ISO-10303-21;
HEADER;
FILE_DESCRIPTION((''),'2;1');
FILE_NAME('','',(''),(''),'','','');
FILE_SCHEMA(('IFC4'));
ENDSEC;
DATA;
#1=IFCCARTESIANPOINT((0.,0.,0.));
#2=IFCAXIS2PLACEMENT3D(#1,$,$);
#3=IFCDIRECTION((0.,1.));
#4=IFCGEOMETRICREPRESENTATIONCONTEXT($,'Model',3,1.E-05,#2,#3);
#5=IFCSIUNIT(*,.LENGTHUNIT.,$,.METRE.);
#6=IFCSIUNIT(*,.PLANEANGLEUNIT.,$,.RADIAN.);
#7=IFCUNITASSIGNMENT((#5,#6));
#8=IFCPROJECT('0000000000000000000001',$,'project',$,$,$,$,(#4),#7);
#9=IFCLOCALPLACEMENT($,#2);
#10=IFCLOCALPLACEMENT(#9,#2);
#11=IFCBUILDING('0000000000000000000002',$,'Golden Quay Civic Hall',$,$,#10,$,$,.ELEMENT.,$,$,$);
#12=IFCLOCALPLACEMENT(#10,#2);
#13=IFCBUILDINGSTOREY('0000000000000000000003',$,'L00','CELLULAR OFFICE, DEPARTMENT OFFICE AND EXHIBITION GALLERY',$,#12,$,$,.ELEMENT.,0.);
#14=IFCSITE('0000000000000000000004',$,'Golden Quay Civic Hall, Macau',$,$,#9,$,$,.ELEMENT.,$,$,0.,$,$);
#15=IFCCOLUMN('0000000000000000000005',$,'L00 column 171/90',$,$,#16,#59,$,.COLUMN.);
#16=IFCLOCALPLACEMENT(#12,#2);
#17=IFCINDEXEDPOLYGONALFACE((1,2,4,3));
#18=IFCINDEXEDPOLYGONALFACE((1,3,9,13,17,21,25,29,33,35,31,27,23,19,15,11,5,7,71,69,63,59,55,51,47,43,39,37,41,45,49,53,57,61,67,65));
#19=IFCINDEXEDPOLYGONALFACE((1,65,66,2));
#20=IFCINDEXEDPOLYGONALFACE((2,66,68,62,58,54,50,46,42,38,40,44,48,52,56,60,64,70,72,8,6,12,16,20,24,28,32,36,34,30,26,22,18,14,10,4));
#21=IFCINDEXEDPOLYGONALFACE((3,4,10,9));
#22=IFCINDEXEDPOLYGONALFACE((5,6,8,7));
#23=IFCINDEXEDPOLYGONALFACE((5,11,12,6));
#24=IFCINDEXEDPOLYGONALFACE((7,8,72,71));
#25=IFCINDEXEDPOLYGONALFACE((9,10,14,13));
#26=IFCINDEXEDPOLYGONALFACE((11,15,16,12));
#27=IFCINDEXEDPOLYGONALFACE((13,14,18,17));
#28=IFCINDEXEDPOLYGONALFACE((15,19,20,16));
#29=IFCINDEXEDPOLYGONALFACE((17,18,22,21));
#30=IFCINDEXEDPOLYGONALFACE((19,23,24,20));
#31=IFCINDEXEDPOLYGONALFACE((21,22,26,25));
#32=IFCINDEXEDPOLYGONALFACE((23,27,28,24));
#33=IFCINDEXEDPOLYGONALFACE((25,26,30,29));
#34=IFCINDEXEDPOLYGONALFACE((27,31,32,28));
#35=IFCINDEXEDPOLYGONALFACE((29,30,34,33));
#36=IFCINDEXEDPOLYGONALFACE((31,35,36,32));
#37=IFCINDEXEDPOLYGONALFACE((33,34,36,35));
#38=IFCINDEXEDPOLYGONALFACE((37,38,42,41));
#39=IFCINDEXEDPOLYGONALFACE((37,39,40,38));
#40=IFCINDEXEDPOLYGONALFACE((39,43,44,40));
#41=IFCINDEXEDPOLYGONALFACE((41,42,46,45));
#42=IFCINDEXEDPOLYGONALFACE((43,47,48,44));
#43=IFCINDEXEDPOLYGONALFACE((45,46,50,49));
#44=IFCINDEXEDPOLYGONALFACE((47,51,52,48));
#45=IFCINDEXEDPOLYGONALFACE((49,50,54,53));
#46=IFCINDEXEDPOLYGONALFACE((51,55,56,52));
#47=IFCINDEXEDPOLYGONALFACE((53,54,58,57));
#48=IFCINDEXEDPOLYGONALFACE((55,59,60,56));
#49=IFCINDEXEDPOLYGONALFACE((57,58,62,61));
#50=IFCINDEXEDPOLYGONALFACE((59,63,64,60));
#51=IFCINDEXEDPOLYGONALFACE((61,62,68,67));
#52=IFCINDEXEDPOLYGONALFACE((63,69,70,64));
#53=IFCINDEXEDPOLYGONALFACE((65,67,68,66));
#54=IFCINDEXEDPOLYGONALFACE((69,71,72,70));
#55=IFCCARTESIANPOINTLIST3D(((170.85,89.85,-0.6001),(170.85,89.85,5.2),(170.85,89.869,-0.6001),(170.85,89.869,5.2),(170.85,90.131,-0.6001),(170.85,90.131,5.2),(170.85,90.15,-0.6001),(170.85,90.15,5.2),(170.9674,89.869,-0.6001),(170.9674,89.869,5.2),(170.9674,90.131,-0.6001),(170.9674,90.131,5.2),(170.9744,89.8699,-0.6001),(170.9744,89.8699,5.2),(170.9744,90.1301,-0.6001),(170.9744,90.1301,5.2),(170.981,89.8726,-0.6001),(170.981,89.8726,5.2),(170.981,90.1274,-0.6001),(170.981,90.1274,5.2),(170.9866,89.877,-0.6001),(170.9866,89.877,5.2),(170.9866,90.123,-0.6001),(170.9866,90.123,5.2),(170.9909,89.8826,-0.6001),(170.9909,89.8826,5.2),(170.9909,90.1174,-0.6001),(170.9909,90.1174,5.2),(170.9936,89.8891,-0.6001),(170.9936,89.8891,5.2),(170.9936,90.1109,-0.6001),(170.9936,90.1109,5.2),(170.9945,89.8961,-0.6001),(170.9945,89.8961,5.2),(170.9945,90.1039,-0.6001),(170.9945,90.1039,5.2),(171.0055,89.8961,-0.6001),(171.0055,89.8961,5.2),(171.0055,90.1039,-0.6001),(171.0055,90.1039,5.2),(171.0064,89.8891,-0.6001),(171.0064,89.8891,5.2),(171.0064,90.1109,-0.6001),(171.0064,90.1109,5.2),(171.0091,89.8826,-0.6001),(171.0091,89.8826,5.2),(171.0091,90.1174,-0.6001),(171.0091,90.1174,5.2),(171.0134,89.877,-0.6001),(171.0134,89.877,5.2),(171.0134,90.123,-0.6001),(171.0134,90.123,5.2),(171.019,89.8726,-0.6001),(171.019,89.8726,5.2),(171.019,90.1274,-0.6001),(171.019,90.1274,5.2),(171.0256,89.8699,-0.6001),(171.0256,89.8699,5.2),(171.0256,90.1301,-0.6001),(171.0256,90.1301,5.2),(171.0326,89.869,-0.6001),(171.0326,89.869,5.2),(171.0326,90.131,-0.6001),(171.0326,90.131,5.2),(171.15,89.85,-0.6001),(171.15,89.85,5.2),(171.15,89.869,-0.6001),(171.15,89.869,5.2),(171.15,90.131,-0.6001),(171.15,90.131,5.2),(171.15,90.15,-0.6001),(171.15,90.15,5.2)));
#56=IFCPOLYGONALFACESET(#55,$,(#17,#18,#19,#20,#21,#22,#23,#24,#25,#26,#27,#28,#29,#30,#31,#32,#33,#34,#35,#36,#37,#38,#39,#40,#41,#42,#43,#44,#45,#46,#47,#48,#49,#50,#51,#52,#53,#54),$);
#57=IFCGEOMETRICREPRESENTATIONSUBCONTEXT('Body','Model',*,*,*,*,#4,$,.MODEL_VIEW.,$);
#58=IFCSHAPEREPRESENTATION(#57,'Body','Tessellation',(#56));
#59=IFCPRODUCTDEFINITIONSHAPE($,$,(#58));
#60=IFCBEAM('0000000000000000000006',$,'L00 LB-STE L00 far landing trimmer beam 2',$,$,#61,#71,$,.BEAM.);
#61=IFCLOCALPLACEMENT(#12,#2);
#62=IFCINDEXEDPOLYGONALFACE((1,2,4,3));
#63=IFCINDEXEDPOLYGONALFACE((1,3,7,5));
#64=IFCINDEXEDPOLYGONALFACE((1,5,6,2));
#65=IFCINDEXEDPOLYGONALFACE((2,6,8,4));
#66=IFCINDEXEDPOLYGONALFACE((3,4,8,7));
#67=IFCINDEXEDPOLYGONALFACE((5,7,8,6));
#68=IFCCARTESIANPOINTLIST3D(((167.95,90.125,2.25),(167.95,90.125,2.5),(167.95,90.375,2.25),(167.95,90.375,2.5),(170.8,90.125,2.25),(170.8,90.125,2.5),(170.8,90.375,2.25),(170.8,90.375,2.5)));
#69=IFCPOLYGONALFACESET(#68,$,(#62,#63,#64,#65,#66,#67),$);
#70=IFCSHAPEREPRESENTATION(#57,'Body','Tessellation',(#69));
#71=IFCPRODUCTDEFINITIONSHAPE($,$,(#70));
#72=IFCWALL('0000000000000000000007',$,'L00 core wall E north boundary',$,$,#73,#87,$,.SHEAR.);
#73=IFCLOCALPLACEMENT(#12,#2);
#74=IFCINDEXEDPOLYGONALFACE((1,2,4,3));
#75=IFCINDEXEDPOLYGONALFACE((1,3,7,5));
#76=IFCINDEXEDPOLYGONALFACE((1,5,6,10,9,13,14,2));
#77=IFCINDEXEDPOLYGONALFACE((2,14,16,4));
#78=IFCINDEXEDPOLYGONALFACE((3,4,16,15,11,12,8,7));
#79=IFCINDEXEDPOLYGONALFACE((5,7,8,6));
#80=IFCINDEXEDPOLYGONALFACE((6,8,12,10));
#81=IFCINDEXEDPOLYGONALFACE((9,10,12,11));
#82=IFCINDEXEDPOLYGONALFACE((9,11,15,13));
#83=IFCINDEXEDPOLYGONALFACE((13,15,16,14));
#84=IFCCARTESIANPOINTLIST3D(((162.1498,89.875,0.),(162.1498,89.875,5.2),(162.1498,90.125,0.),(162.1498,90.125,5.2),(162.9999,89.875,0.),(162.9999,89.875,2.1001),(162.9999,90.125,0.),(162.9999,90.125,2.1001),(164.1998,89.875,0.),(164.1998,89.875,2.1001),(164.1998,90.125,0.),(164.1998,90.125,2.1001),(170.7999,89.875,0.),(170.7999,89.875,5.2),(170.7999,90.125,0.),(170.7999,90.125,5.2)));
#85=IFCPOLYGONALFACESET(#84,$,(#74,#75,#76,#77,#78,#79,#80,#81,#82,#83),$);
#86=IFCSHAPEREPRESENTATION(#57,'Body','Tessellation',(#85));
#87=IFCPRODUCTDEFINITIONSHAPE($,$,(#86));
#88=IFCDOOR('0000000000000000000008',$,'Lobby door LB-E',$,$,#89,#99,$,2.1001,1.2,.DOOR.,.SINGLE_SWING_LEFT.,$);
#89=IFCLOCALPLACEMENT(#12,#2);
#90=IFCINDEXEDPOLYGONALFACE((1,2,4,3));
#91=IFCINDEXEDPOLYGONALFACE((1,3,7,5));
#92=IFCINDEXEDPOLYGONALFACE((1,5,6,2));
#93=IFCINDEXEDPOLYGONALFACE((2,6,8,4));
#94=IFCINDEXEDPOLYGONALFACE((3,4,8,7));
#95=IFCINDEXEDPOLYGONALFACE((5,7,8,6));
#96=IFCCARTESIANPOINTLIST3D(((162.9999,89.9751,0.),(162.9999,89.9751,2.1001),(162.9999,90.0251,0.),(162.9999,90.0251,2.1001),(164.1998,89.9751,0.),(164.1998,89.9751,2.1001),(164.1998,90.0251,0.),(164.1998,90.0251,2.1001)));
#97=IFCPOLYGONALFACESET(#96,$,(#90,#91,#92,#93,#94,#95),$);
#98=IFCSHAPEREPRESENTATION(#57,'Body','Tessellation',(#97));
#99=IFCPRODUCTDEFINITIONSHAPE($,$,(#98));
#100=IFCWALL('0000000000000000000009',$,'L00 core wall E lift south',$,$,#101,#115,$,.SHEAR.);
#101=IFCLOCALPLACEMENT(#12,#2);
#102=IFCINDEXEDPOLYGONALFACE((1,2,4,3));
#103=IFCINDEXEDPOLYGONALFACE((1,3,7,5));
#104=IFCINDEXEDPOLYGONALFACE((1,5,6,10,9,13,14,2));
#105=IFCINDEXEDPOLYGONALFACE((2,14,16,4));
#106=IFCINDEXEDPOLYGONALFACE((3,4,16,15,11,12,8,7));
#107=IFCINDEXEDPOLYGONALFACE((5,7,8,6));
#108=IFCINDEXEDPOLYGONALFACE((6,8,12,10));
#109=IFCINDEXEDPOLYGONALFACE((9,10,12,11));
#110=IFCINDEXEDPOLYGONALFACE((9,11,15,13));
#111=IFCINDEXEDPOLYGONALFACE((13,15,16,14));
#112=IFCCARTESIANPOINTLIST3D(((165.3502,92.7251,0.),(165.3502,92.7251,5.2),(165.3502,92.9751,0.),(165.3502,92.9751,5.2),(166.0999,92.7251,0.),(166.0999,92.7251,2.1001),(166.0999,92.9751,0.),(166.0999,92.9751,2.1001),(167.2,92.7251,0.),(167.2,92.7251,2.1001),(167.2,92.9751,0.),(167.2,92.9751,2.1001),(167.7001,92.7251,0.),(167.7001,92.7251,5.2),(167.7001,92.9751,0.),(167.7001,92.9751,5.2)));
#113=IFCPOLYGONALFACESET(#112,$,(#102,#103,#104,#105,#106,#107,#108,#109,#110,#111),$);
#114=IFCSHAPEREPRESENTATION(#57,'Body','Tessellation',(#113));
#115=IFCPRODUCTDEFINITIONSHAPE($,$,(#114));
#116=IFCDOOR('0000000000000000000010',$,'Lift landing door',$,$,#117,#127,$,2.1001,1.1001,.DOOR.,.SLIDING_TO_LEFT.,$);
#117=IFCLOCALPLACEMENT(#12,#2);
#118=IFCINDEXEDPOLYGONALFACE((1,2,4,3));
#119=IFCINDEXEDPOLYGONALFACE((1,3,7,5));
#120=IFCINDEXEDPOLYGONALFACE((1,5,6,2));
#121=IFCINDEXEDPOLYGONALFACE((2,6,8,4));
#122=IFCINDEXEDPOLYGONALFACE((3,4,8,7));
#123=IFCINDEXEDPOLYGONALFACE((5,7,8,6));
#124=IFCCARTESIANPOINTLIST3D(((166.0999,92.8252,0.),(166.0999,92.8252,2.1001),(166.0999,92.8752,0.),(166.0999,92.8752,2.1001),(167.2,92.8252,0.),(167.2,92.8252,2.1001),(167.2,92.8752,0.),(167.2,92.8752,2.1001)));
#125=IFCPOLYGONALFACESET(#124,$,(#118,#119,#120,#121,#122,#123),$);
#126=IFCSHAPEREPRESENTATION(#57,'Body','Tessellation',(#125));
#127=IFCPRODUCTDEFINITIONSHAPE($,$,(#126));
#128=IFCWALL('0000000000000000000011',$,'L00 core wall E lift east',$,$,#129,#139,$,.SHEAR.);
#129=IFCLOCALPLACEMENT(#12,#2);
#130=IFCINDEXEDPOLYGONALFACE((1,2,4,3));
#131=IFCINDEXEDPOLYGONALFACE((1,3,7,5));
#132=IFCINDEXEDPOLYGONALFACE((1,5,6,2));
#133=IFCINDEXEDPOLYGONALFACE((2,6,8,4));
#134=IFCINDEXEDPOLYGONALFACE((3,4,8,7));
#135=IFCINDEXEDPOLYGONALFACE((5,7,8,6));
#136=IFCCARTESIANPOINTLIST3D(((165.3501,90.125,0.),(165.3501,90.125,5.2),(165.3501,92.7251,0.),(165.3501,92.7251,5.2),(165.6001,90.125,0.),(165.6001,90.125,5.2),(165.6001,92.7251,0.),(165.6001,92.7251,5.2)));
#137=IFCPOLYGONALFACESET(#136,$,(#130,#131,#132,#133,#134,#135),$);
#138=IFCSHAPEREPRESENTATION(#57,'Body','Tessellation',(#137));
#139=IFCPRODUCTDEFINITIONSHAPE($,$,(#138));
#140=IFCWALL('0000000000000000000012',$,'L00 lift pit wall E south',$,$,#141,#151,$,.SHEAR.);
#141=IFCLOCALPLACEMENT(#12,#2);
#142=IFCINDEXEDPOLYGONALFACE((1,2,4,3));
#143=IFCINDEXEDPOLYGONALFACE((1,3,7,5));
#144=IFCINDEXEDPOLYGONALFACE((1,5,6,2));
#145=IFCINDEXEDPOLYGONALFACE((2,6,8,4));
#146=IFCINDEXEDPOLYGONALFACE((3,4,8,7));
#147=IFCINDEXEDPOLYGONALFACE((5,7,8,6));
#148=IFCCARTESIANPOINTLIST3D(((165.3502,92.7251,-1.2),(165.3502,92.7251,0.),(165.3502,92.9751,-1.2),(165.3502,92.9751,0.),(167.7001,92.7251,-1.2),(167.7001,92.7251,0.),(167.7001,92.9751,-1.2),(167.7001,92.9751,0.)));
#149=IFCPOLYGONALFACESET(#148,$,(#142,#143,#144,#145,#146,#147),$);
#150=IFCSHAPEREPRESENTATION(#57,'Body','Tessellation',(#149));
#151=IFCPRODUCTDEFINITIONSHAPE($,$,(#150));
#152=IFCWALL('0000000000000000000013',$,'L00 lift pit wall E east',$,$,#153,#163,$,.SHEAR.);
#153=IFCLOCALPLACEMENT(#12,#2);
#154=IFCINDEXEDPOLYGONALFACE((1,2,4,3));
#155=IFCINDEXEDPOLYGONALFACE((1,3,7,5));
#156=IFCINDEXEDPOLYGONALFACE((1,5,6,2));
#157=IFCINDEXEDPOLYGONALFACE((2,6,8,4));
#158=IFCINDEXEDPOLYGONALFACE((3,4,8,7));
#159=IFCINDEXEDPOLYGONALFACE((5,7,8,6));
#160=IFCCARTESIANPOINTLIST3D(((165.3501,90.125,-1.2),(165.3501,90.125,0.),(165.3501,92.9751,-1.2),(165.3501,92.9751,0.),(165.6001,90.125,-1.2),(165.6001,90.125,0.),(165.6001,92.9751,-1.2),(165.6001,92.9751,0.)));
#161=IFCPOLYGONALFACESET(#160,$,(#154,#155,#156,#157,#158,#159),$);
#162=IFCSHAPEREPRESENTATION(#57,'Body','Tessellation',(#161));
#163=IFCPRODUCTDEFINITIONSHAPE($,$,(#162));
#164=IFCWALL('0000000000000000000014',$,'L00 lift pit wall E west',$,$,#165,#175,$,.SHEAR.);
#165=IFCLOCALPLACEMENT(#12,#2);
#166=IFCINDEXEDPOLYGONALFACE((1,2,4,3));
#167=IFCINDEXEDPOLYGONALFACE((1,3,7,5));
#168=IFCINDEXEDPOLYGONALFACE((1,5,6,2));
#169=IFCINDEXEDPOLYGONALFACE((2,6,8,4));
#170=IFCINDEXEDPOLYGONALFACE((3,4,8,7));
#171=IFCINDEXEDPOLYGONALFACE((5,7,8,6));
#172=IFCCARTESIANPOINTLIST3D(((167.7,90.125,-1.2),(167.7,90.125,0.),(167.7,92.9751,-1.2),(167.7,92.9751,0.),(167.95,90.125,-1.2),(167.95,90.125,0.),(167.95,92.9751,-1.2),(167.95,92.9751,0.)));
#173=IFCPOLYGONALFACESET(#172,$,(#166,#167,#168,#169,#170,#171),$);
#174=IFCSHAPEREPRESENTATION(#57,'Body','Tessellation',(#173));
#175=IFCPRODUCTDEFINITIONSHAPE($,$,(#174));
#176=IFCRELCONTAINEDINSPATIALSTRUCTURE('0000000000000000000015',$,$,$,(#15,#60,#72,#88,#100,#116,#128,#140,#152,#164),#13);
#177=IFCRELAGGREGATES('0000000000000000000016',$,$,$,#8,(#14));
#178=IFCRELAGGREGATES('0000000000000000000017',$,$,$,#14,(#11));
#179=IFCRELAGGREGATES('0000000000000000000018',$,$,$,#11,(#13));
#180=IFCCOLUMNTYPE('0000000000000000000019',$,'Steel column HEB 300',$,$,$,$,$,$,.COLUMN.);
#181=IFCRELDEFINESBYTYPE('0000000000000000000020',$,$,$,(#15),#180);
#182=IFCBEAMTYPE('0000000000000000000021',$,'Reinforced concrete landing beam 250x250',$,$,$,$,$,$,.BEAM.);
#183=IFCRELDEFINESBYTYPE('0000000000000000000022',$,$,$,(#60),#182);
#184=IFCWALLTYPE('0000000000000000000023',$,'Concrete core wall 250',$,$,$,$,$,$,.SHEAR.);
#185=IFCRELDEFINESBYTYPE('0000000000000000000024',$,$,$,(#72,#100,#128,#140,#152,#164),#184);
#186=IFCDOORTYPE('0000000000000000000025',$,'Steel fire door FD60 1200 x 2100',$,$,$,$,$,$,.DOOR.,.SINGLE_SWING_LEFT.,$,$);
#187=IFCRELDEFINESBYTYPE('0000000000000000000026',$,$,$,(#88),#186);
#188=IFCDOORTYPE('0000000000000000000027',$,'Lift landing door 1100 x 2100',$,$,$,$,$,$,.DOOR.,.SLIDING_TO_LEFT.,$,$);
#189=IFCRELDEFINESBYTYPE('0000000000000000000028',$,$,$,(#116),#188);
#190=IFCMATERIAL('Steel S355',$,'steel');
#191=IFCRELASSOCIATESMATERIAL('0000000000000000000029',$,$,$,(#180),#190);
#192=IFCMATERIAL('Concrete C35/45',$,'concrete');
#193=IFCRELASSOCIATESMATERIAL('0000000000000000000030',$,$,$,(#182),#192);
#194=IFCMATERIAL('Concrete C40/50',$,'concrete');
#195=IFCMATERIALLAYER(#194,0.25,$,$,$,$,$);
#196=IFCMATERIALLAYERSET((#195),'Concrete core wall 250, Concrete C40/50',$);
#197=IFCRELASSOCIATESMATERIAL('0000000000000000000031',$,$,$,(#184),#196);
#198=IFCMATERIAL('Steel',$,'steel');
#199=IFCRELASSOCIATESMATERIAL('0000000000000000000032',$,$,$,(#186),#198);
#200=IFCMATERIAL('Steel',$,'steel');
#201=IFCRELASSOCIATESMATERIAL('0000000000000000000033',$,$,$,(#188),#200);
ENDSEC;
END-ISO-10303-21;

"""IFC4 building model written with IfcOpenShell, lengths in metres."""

from ifc_helpers import new_model, si_unit, direction, frame, frame_2d, origin, origin_2d, place, context, subcontext, project, spatial, rectangle, i_section, extrude, material, layer, layer_set, material_profile, profile_set, type_object, element, fill, save


model = new_model("IFC4")

# Units and contexts
model_context = context("Model", 3, precision=1e-05, world=origin(), true_north=direction((0.0, 1.0)))
body_context = subcontext(model_context, "Body", "Model", "MODEL_VIEW")
ifc_project = project(units=[si_unit("LENGTHUNIT", "METRE"), si_unit("PLANEANGLEUNIT", "RADIAN")], contexts=[model_context])

# Site, building, storey
site_placement = place(None, origin())
site = spatial("IfcSite", under=ifc_project, at=site_placement, Name="Golden Quay Civic Hall, Macau", CompositionType="ELEMENT", RefElevation=0.0)
building_placement = place(site_placement, origin())
building = spatial("IfcBuilding", under=site, at=building_placement, Name="Golden Quay Civic Hall", CompositionType="ELEMENT")
storey_placement = place(building_placement, origin())
storey = spatial("IfcBuildingStorey", under=building, at=storey_placement, Name="L00", Description="CELLULAR OFFICE, DEPARTMENT OFFICE AND EXHIBITION GALLERY", CompositionType="ELEMENT", Elevation=0.0)

# Column
ifc_material_1 = material(Name="Steel S355", Category="steel")
ifc_material_profile_1 = material_profile(ifc_material_1, i_section(OverallWidth=0.3, OverallDepth=0.3, WebThickness=0.011, FlangeThickness=0.019, FilletRadius=0.0271, at=origin_2d()), Name="HEB 300")
ifc_profile_set_1 = profile_set([ifc_material_profile_1], Name="Steel S355")
column_type = type_object("IfcColumnType", Name="Steel column HEB 300", PredefinedType="COLUMN", material=ifc_profile_set_1)
for number, where, z_axis, x_axis, name in (
    (1, (171.0, 90.0, -0.6001), (0.0, 0.0, 1.0), (1.0, 0.0, 0.0), "L00 column 171/90"),
):
    element("IfcColumn", number, at=place(storey_placement, frame(where, z_axis=z_axis, x_axis=x_axis)), inside=storey, type_object=column_type, Name=name, PredefinedType="COLUMN", context=body_context, shape_type="SweptSolid", body=[
        extrude(i_section(OverallWidth=0.3, OverallDepth=0.3, WebThickness=0.011, FlangeThickness=0.019, FilletRadius=0.0271, at=origin_2d()), origin(), (0.0, 0.0, 1.0), 5.8),
    ])

# Beam
ifc_material_2 = material(Name="Concrete C35/45", Category="concrete")
ifc_material_profile_2 = material_profile(ifc_material_2, rectangle(XDim=0.25, YDim=0.25, at=origin_2d()), Name="RC 250x250")
ifc_profile_set_2 = profile_set([ifc_material_profile_2], Name="Concrete C35/45")
beam_type = type_object("IfcBeamType", Name="Reinforced concrete landing beam 250x250", PredefinedType="BEAM", material=ifc_profile_set_2)
beam_placement = place(storey_placement, frame((167.95, 90.25, 2.375), z_axis=(1.0, 0.0, 0.0), x_axis=(0.0, 1.0, 0.0)))
element("IfcBeam", 2, at=beam_placement, inside=storey, type_object=beam_type, Name="L00 LB-STE L00 far landing trimmer beam 2", PredefinedType="BEAM", context=body_context, shape_type="SweptSolid", body=[
    extrude(rectangle(XDim=0.25, YDim=0.25, at=origin_2d()), origin(), (0.0, 0.0, 1.0), 2.8501),
])

# Walls, openings, doors
ifc_material_3 = material(Name="Concrete C40/50", Category="concrete")
ifc_layer_1 = layer(ifc_material_3, 0.25)
ifc_layer_set_1 = layer_set([ifc_layer_1], Name="Concrete core wall 250, Concrete C40/50")
wall_type_1 = type_object("IfcWallType", Name="Concrete core wall 250", PredefinedType="SHEAR", material=ifc_layer_set_1)
wall_1_placement = place(storey_placement, frame((170.8, 90.0, 0.0), z_axis=(0.0, 0.0, 1.0), x_axis=(-1.0, 0.0, 0.0)))
wall_1 = element("IfcWall", 3, at=wall_1_placement, inside=storey, type_object=wall_type_1, Name="L00 core wall E north boundary", PredefinedType="SHEAR", context=body_context, shape_type="SweptSolid", body=[
    extrude(rectangle(XDim=8.6501, YDim=0.25, at=frame_2d((4.3252, 0.0))), origin(), (0.0, 0.0, 1.0), 5.2),
])
opening_1_placement = place(wall_1_placement, frame((6.6001, 0.0, 0.0)))
opening_1 = element("IfcOpeningElement", 4, at=opening_1_placement, cuts=wall_1, PredefinedType="OPENING", context=body_context, shape_type="SweptSolid", body=[
    extrude(rectangle(XDim=1.2, YDim=2.1001, at=frame_2d((0.6001, 1.05))), frame((0.0, 0.135, 0.0), z_axis=(0.0, -1.0, 0.0), x_axis=(1.0, 0.0, 0.0)), (0.0, 0.0, 1.0), 0.27),
])
ifc_material_4 = material(Name="Steel", Category="steel")
door_type_1 = type_object("IfcDoorType", Name="Steel fire door FD60 1200 x 2100", OperationType="SINGLE_SWING_LEFT", PredefinedType="DOOR", material=ifc_material_4)
door_1_placement = place(opening_1_placement, origin())
door_1 = element("IfcDoor", 5, at=door_1_placement, inside=storey, type_object=door_type_1, Name="Lobby door LB-E", OperationType="SINGLE_SWING_LEFT", OverallHeight=2.1001, OverallWidth=1.2, PredefinedType="DOOR", context=body_context, shape_type="SweptSolid", body=[
    extrude(rectangle(XDim=1.2, YDim=2.1001, at=frame_2d((0.6001, 1.05))), frame((0.0, 0.0249, 0.0), z_axis=(0.0, -1.0, 0.0), x_axis=(1.0, 0.0, 0.0)), (0.0, 0.0, 1.0), 0.05),
])
fill(opening_1, door_1)
wall_2_placement = place(storey_placement, frame((167.7, 92.8501, 0.0), z_axis=(0.0, 0.0, 1.0), x_axis=(-1.0, 0.0, 0.0)))
wall_2 = element("IfcWall", 6, at=wall_2_placement, inside=storey, type_object=wall_type_1, Name="L00 core wall E lift south", PredefinedType="SHEAR", context=body_context, shape_type="SweptSolid", body=[
    extrude(rectangle(XDim=2.3499, YDim=0.25, at=frame_2d((1.1748, 0.0))), origin(), (0.0, 0.0, 1.0), 5.2),
])
opening_2_placement = place(wall_2_placement, frame((0.5, 0.0, 0.0)))
opening_2 = element("IfcOpeningElement", 7, at=opening_2_placement, cuts=wall_2, PredefinedType="OPENING", context=body_context, shape_type="SweptSolid", body=[
    extrude(rectangle(XDim=1.1001, YDim=2.1001, at=frame_2d((0.55, 1.05))), frame((0.0, 0.135, 0.0), z_axis=(0.0, -1.0, 0.0), x_axis=(1.0, 0.0, 0.0)), (0.0, 0.0, 1.0), 0.27),
])
ifc_material_5 = material(Name="Steel", Category="steel")
door_type_2 = type_object("IfcDoorType", Name="Lift landing door 1100 x 2100", OperationType="SLIDING_TO_LEFT", PredefinedType="DOOR", material=ifc_material_5)
door_2_placement = place(opening_2_placement, origin())
door_2 = element("IfcDoor", 8, at=door_2_placement, inside=storey, type_object=door_type_2, Name="Lift landing door", OperationType="SLIDING_TO_LEFT", OverallHeight=2.1001, OverallWidth=1.1001, PredefinedType="DOOR", context=body_context, shape_type="SweptSolid", body=[
    extrude(rectangle(XDim=1.1001, YDim=2.1001, at=frame_2d((0.55, 1.05))), frame((0.0, 0.0249, 0.0), z_axis=(0.0, -1.0, 0.0), x_axis=(1.0, 0.0, 0.0)), (0.0, 0.0, 1.0), 0.05),
])
fill(opening_2, door_2)

# Walls
wall_3_placement = place(storey_placement, frame((165.4751, 92.7251, 0.0), z_axis=(0.0, 0.0, 1.0), x_axis=(0.0, -1.0, 0.0)))
element("IfcWall", 9, at=wall_3_placement, inside=storey, type_object=wall_type_1, Name="L00 core wall E lift east", PredefinedType="SHEAR", context=body_context, shape_type="SweptSolid", body=[
    extrude(rectangle(XDim=2.6001, YDim=0.25, at=frame_2d((1.3, 0.0))), origin(), (0.0, 0.0, 1.0), 5.2),
])
wall_4_placement = place(storey_placement, frame((167.7, 92.8501, -1.2), z_axis=(0.0, 0.0, 1.0), x_axis=(-1.0, 0.0, 0.0)))
element("IfcWall", 10, at=wall_4_placement, inside=storey, type_object=wall_type_1, Name="L00 lift pit wall E south", PredefinedType="SHEAR", context=body_context, shape_type="SweptSolid", body=[
    extrude(rectangle(XDim=2.3499, YDim=0.25, at=frame_2d((1.1748, 0.0))), origin(), (0.0, 0.0, 1.0), 1.2),
])
for number, where, z_axis, x_axis, name in (
    (11, (165.4751, 92.9751, -1.2), (0.0, 0.0, 1.0), (0.0, -1.0, 0.0), "L00 lift pit wall E east"),
    (12, (167.825, 92.9751, -1.2), (0.0, 0.0, 1.0), (0.0, -1.0, 0.0), "L00 lift pit wall E west"),
):
    element("IfcWall", number, at=place(storey_placement, frame(where, z_axis=z_axis, x_axis=x_axis)), inside=storey, type_object=wall_type_1, Name=name, PredefinedType="SHEAR", context=body_context, shape_type="SweptSolid", body=[
        extrude(rectangle(XDim=2.8501, YDim=0.25, at=frame_2d((1.425, 0.0))), origin(), (0.0, 0.0, 1.0), 1.2),
    ])

save(model, "model.ifc")
